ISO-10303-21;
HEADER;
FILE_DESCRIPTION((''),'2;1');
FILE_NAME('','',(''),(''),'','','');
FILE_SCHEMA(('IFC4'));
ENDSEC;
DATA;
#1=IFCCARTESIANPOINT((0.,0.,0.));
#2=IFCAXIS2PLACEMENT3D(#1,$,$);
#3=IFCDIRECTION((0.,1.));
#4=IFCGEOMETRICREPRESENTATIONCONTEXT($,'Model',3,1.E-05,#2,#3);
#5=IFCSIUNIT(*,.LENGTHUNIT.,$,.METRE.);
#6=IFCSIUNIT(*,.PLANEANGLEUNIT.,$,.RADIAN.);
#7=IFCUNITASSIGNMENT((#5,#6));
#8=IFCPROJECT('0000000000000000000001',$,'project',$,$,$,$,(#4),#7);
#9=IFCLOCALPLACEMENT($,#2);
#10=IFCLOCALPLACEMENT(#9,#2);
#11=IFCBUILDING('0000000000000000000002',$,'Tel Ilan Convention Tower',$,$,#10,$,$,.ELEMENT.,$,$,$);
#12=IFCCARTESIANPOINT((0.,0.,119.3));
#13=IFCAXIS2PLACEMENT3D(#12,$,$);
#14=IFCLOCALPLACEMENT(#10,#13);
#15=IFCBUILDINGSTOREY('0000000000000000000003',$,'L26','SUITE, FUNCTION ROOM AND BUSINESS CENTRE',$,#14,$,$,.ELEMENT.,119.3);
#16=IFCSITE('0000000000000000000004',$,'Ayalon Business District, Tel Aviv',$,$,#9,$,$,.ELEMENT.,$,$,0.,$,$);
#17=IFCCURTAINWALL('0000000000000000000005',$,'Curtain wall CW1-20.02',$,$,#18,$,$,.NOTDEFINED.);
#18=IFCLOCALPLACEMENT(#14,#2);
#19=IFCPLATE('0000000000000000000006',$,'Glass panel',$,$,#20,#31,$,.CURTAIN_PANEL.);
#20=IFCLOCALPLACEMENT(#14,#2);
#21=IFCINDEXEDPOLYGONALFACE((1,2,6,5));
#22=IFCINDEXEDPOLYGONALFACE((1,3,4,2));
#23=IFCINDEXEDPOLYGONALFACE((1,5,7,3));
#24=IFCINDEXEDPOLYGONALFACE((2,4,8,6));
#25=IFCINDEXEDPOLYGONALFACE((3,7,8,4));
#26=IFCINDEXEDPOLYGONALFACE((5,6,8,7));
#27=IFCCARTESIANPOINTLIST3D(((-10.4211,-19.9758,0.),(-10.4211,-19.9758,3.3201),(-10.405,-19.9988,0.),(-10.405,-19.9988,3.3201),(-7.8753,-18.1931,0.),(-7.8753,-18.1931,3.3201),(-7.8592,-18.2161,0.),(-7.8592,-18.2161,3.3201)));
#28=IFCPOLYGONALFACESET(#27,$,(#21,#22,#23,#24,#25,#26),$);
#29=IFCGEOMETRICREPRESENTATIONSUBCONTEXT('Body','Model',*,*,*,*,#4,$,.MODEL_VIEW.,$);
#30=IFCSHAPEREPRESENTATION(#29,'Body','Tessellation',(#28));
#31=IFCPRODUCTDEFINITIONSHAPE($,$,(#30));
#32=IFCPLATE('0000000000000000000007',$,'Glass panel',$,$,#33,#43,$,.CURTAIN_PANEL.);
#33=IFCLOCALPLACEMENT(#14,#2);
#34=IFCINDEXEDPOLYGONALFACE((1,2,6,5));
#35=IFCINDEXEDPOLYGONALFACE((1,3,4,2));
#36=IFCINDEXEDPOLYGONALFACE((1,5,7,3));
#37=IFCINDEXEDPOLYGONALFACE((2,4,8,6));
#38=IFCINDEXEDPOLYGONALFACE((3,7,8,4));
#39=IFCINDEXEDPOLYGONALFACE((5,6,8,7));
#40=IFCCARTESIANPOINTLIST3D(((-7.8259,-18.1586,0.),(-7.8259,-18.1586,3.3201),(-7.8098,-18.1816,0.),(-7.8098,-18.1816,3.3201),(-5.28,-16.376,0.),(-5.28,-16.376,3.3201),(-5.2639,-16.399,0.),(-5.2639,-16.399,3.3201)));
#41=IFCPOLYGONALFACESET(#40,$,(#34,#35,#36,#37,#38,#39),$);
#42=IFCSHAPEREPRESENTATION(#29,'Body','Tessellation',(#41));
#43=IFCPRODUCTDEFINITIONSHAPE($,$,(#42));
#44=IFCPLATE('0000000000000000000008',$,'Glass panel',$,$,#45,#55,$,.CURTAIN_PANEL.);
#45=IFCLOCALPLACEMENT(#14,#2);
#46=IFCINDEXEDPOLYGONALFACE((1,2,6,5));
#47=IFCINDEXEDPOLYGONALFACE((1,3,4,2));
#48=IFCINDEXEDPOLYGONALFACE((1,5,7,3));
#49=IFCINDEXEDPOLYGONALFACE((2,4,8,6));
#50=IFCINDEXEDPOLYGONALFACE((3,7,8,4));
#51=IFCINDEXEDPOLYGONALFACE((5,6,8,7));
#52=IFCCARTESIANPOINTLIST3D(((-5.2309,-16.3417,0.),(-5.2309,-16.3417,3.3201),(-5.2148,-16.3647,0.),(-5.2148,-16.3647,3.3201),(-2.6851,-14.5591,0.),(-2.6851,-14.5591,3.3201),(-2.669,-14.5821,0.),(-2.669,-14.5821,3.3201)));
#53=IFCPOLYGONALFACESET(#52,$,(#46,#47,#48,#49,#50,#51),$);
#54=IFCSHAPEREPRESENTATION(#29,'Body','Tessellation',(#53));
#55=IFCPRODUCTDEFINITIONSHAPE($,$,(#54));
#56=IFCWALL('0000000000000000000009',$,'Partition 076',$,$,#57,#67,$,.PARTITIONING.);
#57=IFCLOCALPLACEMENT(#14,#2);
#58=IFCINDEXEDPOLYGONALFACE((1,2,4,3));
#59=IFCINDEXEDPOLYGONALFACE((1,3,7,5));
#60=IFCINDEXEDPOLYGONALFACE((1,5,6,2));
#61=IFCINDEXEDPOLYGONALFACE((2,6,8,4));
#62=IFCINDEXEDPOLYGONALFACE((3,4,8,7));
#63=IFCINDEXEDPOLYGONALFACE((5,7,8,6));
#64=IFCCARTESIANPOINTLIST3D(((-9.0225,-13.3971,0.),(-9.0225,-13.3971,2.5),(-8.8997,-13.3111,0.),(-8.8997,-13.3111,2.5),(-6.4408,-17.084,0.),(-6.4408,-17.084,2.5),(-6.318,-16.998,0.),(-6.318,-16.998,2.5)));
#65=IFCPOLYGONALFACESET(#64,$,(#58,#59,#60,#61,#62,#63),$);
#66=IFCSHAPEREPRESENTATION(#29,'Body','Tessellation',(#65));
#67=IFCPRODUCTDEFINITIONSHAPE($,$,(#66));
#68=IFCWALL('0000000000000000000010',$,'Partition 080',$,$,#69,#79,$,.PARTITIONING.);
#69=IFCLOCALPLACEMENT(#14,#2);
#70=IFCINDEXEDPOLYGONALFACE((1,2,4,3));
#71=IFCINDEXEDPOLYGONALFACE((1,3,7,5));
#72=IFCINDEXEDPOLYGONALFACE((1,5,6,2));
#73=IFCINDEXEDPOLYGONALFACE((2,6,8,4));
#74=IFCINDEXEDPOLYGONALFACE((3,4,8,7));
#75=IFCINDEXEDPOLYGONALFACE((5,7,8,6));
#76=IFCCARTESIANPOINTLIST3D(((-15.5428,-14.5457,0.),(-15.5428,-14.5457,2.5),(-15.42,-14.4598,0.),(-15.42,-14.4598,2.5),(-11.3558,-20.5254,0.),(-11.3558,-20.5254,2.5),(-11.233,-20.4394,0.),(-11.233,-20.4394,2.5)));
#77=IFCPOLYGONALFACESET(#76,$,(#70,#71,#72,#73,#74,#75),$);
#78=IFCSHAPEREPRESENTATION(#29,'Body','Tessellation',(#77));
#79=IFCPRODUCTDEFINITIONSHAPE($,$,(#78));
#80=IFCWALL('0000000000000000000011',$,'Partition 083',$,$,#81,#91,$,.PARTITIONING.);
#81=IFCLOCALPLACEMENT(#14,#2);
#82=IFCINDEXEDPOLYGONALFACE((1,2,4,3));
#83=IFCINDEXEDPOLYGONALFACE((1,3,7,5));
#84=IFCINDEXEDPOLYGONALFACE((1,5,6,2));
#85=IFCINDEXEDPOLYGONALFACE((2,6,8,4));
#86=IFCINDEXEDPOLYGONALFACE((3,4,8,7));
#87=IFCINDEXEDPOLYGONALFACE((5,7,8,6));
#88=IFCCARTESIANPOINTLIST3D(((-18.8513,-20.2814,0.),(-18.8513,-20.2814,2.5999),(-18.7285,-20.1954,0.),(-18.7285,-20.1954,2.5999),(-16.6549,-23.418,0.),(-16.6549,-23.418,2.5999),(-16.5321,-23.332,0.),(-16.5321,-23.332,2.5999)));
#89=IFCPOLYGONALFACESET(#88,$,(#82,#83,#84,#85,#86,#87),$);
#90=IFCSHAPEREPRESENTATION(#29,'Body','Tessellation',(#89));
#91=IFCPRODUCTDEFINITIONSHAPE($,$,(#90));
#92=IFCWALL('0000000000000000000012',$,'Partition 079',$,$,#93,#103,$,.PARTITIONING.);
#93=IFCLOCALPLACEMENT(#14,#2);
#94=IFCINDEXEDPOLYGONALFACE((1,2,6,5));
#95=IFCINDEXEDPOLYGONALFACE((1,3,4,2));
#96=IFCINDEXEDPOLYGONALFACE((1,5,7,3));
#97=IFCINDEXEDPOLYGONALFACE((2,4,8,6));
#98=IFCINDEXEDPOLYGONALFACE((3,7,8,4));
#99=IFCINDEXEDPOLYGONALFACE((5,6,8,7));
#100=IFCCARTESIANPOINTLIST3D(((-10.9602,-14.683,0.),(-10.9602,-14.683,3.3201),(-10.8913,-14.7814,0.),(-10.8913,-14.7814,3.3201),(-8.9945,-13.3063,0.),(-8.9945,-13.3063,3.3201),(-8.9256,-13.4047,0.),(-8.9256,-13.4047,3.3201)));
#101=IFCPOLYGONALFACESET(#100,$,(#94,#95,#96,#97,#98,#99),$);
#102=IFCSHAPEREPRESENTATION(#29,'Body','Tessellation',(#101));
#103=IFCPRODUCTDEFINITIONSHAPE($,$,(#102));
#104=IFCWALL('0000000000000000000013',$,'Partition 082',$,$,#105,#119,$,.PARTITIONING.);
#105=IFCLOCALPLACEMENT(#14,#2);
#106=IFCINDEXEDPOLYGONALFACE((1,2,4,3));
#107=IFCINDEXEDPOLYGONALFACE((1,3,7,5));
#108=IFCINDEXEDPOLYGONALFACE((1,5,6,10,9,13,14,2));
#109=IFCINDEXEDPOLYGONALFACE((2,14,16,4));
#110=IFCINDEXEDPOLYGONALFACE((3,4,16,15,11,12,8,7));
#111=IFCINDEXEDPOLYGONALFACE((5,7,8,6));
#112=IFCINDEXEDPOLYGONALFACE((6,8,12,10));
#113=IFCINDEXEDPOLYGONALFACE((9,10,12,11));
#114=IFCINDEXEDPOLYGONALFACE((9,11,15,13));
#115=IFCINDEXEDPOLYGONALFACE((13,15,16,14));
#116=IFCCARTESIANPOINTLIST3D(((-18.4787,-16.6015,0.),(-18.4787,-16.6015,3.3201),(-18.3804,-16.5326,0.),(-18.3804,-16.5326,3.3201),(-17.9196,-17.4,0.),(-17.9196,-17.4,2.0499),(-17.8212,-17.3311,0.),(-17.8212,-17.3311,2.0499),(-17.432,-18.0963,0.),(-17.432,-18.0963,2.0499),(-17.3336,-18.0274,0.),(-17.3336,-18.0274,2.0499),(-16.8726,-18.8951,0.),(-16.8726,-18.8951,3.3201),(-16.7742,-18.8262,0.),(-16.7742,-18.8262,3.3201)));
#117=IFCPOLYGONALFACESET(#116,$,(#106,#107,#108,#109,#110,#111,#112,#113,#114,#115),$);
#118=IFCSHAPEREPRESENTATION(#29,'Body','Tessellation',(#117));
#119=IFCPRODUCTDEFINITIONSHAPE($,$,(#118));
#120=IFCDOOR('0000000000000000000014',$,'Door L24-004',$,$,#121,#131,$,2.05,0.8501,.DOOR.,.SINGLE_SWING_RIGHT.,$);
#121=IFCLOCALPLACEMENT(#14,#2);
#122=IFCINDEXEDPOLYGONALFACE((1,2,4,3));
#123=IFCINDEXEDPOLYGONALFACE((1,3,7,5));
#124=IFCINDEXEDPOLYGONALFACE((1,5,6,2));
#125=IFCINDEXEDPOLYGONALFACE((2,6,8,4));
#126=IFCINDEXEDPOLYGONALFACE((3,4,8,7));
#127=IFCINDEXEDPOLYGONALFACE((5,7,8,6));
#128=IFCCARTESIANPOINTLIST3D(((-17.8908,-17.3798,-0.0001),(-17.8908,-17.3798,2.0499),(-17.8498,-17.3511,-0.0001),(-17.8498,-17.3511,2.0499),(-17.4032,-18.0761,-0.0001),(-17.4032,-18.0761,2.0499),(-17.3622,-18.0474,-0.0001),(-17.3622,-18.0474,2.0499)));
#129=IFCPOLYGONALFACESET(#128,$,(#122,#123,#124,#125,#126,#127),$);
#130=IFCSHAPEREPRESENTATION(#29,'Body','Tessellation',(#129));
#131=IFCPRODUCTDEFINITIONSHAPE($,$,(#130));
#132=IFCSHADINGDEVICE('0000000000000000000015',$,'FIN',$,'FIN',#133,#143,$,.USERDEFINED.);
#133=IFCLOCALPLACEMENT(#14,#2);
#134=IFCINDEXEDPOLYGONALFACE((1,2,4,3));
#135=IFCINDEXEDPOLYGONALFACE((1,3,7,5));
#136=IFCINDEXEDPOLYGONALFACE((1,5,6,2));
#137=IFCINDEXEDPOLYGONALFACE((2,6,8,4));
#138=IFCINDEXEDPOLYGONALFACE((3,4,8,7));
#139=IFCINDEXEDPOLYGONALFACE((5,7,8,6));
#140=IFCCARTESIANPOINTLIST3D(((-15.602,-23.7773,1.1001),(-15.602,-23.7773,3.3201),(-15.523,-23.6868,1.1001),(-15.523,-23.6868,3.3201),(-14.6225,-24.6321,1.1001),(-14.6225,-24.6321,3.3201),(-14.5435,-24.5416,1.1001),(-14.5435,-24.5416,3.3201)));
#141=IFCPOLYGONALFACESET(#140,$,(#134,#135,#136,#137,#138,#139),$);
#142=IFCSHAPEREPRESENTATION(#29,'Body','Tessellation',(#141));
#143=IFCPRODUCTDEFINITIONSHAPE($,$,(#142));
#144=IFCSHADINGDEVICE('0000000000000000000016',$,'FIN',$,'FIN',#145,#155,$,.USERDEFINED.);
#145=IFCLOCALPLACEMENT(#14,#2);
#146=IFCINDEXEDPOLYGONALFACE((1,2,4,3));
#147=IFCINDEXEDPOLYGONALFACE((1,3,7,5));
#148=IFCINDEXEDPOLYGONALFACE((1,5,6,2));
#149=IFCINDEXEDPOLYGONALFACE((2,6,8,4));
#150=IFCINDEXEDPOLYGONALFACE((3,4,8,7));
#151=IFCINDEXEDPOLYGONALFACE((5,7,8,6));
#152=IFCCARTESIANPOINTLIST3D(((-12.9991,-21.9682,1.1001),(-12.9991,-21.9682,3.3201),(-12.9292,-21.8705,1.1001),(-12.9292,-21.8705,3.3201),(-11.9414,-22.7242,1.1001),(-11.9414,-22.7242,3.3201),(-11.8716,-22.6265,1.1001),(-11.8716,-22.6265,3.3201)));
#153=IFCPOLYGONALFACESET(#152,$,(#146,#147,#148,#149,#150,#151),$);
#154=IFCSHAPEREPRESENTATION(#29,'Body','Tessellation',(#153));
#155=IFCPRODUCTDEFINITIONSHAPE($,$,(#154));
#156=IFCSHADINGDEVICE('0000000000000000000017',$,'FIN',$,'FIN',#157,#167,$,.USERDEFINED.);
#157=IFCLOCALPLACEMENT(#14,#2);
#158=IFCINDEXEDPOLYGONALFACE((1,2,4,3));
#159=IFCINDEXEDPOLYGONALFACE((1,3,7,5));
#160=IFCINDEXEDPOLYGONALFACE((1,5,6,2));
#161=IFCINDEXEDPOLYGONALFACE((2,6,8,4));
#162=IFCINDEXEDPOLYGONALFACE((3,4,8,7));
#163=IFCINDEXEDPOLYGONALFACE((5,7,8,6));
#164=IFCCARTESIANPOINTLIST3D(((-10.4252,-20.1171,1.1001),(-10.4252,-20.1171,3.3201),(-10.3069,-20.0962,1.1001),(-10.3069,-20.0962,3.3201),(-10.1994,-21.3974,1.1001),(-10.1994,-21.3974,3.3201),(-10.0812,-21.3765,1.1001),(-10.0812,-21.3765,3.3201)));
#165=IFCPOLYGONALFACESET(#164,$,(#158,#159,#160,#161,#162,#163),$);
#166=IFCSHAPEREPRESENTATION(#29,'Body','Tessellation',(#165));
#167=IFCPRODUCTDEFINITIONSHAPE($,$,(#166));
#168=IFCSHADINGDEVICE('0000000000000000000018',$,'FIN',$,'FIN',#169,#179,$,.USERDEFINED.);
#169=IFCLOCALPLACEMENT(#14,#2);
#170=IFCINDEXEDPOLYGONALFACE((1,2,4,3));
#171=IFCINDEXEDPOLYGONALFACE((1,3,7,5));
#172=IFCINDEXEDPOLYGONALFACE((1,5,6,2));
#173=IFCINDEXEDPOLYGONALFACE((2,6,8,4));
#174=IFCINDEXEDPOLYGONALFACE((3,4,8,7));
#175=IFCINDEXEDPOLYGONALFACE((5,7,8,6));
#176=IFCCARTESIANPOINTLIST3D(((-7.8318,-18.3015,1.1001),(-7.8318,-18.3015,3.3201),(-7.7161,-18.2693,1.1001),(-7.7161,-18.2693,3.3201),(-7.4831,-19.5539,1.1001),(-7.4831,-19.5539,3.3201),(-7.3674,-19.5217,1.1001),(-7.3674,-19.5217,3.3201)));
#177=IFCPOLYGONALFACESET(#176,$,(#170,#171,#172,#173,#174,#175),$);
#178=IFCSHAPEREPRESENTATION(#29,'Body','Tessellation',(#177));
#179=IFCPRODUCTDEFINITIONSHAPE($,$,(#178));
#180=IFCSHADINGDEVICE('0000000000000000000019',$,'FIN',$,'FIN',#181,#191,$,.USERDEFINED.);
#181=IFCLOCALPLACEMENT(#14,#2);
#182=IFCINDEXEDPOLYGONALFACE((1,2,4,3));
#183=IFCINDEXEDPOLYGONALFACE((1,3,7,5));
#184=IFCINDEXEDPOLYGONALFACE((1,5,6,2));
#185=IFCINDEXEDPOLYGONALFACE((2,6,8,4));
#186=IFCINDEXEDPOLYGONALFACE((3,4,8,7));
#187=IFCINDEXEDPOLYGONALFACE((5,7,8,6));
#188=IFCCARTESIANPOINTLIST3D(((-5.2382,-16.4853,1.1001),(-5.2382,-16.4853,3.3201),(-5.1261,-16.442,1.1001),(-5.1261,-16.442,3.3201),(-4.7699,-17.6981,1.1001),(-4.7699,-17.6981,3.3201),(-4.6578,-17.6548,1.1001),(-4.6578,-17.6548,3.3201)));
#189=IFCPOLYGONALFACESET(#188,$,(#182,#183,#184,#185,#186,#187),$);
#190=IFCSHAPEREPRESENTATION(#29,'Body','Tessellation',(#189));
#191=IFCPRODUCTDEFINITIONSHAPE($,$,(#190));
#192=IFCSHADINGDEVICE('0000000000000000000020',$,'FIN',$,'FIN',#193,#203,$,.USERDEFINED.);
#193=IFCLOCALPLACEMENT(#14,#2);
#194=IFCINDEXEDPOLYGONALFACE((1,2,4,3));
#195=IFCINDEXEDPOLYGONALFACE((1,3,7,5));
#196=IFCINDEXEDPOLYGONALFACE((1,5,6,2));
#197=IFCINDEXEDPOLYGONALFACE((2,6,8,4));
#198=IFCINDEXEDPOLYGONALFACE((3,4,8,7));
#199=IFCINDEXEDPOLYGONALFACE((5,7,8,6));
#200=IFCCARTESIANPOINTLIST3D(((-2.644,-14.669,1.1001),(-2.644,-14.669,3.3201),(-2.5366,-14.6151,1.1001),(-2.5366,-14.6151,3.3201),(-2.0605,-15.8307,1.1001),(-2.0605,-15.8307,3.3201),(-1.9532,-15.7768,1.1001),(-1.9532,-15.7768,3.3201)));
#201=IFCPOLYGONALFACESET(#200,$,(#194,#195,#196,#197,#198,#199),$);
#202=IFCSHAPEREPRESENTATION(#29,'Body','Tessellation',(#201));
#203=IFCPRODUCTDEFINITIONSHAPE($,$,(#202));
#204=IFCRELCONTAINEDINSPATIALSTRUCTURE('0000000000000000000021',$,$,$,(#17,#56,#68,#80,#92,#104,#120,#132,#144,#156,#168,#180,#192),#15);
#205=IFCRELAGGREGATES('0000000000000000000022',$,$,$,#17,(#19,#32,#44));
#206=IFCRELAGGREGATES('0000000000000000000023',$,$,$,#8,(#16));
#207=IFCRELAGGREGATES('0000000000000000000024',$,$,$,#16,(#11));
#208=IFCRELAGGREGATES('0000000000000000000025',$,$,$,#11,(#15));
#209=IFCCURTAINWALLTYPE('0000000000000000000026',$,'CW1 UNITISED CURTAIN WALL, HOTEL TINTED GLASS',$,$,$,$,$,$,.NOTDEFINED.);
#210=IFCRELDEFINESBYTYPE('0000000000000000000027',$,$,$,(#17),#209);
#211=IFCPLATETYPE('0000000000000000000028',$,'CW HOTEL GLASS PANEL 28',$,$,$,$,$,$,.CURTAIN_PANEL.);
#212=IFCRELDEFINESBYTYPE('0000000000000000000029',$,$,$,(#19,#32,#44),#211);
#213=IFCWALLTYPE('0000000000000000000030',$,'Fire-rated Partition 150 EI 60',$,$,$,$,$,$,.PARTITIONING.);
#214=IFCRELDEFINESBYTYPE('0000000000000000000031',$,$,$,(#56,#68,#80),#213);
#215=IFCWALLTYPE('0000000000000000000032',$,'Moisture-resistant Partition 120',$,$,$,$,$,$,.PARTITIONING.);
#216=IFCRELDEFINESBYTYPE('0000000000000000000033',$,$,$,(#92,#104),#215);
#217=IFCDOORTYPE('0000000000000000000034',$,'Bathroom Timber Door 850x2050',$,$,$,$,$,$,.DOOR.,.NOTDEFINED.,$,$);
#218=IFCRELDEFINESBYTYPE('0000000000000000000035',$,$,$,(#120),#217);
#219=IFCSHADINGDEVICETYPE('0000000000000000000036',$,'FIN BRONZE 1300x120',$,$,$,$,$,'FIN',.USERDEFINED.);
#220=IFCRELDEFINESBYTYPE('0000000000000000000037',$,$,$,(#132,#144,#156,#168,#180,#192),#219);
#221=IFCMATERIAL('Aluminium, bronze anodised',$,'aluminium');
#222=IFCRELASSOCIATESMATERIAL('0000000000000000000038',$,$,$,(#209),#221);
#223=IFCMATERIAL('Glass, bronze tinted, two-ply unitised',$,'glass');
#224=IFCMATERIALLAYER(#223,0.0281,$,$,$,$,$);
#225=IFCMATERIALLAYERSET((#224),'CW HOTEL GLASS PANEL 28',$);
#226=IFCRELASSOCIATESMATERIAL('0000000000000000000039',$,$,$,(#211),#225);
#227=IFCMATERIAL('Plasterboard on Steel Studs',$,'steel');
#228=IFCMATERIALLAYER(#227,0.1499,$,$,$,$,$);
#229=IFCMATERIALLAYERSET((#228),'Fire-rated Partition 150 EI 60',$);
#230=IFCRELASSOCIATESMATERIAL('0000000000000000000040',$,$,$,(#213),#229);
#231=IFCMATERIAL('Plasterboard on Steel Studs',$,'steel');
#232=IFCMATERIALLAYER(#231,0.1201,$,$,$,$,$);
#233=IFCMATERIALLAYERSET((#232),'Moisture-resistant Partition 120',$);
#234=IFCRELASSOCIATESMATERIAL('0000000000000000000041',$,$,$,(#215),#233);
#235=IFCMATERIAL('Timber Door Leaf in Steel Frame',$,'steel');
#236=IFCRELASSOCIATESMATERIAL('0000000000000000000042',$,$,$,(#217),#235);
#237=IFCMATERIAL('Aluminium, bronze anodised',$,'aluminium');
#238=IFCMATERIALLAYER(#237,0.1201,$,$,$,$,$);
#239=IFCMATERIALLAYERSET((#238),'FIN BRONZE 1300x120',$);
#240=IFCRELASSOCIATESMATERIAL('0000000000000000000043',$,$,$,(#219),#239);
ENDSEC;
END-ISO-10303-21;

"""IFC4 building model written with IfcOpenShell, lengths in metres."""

from ifc_helpers import new_model, si_unit, direction, frame, frame_2d, origin, origin_2d, place, context, subcontext, project, spatial, rectangle, extrude, material, layer, layer_set, type_object, element, fill, aggregate, save


model = new_model("IFC4")

# Units and contexts
model_context = context("Model", 3, precision=1e-05, world=origin(), true_north=direction((0.0, 1.0)))
body_context = subcontext(model_context, "Body", "Model", "MODEL_VIEW")
ifc_project = project(units=[si_unit("LENGTHUNIT", "METRE"), si_unit("PLANEANGLEUNIT", "RADIAN")], contexts=[model_context])

# Site, building, storey
site_placement = place(None, origin())
site = spatial("IfcSite", under=ifc_project, at=site_placement, Name="Ayalon Business District, Tel Aviv", CompositionType="ELEMENT", RefElevation=0.0)
building_placement = place(site_placement, origin())
building = spatial("IfcBuilding", under=site, at=building_placement, Name="Tel Ilan Convention Tower", CompositionType="ELEMENT")
storey_placement = place(building_placement, frame((0.0, 0.0, 119.3)))
storey = spatial("IfcBuildingStorey", under=building, at=storey_placement, Name="L26", Description="SUITE, FUNCTION ROOM AND BUSINESS CENTRE", CompositionType="ELEMENT", Elevation=119.3)

# Curtain wall, plates
ifc_material_1 = material(Name="Aluminium, bronze anodised", Category="aluminium")
curtain_wall_type = type_object("IfcCurtainWallType", Name="CW1 UNITISED CURTAIN WALL, HOTEL TINTED GLASS", PredefinedType="NOTDEFINED", material=ifc_material_1)
curtain_wall_placement = place(storey_placement, origin())
curtain_wall = element("IfcCurtainWall", 1, at=curtain_wall_placement, inside=storey, type_object=curtain_wall_type, Name="Curtain wall CW1-20.02", PredefinedType="NOTDEFINED")
ifc_material_2 = material(Name="Glass, bronze tinted, two-ply unitised", Category="glass")
ifc_layer_1 = layer(ifc_material_2, 0.0281)
ifc_layer_set_1 = layer_set([ifc_layer_1], Name="CW HOTEL GLASS PANEL 28")
plate_type = type_object("IfcPlateType", Name="CW HOTEL GLASS PANEL 28", PredefinedType="CURTAIN_PANEL", material=ifc_layer_set_1)
plate_1_placement = place(storey_placement, frame((-9.1401, -19.0959, 0.0), z_axis=(0.0, 0.0, 1.0), x_axis=(0.819152, 0.573576, 0.0)))
plate_1 = element("IfcPlate", 2, at=plate_1_placement, type_object=plate_type, Name="Glass panel", PredefinedType="CURTAIN_PANEL", context=body_context, shape_type="SweptSolid", body=[
    extrude(rectangle(XDim=3.1079, YDim=0.0281, at=origin_2d()), origin(), (0.0, 0.0, 1.0), 3.3201),
])
plate_2_placement = place(storey_placement, frame((-6.5449, -17.2788, 0.0), z_axis=(0.0, 0.0, 1.0), x_axis=(0.819152, 0.573576, 0.0)))
plate_2 = element("IfcPlate", 3, at=plate_2_placement, type_object=plate_type, Name="Glass panel", PredefinedType="CURTAIN_PANEL", context=body_context, shape_type="SweptSolid", body=[
    extrude(rectangle(XDim=3.1079, YDim=0.0281, at=origin_2d()), origin(), (0.0, 0.0, 1.0), 3.3201),
])
plate_3_placement = place(storey_placement, frame((-3.95, -15.4619, 0.0), z_axis=(0.0, 0.0, 1.0), x_axis=(0.819152, 0.573576, 0.0)))
plate_3 = element("IfcPlate", 4, at=plate_3_placement, type_object=plate_type, Name="Glass panel", PredefinedType="CURTAIN_PANEL", context=body_context, shape_type="SweptSolid", body=[
    extrude(rectangle(XDim=3.1079, YDim=0.0281, at=origin_2d()), origin(), (0.0, 0.0, 1.0), 3.3201),
])
aggregate(curtain_wall, [plate_1, plate_2, plate_3])

# Walls
ifc_material_3 = material(Name="Plasterboard on Steel Studs", Category="steel")
ifc_layer_2 = layer(ifc_material_3, 0.1499)
ifc_layer_set_2 = layer_set([ifc_layer_2], Name="Fire-rated Partition 150 EI 60")
wall_type_1 = type_object("IfcWallType", Name="Fire-rated Partition 150 EI 60", PredefinedType="PARTITIONING", material=ifc_layer_set_2)
wall_1_placement = place(storey_placement, frame((-6.3794, -17.041, 0.0), z_axis=(0.0, 0.0, 1.0), x_axis=(-0.573593, 0.81914, 0.0)))
element("IfcWall", 5, at=wall_1_placement, inside=storey, type_object=wall_type_1, Name="Partition 076", PredefinedType="PARTITIONING", context=body_context, shape_type="SweptSolid", body=[
    extrude(rectangle(XDim=4.501, YDim=0.1499, at=frame_2d((2.2505, 0.0))), origin(), (0.0, 0.0, 1.0), 2.5),
])
wall_2_placement = place(storey_placement, frame((-11.2944, -20.4824, 0.0), z_axis=(0.0, 0.0, 1.0), x_axis=(-0.573572, 0.819155, 0.0)))
element("IfcWall", 6, at=wall_2_placement, inside=storey, type_object=wall_type_1, Name="Partition 080", PredefinedType="PARTITIONING", context=body_context, shape_type="SweptSolid", body=[
    extrude(rectangle(XDim=7.2998, YDim=0.1499, at=frame_2d((3.6499, 0.0))), origin(), (0.0, 0.0, 1.0), 2.5),
])
wall_3_placement = place(storey_placement, frame((-16.5935, -23.375, 0.0), z_axis=(0.0, 0.0, 1.0), x_axis=(-0.573595, 0.819139, 0.0)))
element("IfcWall", 7, at=wall_3_placement, inside=storey, type_object=wall_type_1, Name="Partition 083", PredefinedType="PARTITIONING", context=body_context, shape_type="SweptSolid", body=[
    extrude(rectangle(XDim=3.8291, YDim=0.1499, at=frame_2d((1.9146, 0.0))), origin(), (0.0, 0.0, 1.0), 2.5999),
])
ifc_material_4 = material(Name="Plasterboard on Steel Studs", Category="steel")
ifc_layer_3 = layer(ifc_material_4, 0.1201)
ifc_layer_set_3 = layer_set([ifc_layer_3], Name="Moisture-resistant Partition 120")
wall_type_2 = type_object("IfcWallType", Name="Moisture-resistant Partition 120", PredefinedType="PARTITIONING", material=ifc_layer_set_3)
wall_4_placement = place(storey_placement, frame((-10.9258, -14.7322, 0.0), z_axis=(0.0, 0.0, 1.0), x_axis=(0.819108, 0.57364, 0.0)))
element("IfcWall", 8, at=wall_4_placement, inside=storey, type_object=wall_type_2, Name="Partition 079", PredefinedType="PARTITIONING", context=body_context, shape_type="SweptSolid", body=[
    extrude(rectangle(XDim=2.3999, YDim=0.1201, at=frame_2d((1.2, 0.0))), origin(), (0.0, 0.0, 1.0), 3.3201),
])

# Wall, opening, door
wall_5_placement = place(storey_placement, frame((-16.8235, -18.8606, 0.0), z_axis=(0.0, 0.0, 1.0), x_axis=(-0.573609, 0.81913, 0.0)))
wall_5 = element("IfcWall", 9, at=wall_5_placement, inside=storey, type_object=wall_type_2, Name="Partition 082", PredefinedType="PARTITIONING", context=body_context, shape_type="SweptSolid", body=[
    extrude(rectangle(XDim=2.8, YDim=0.1201, at=frame_2d((1.3999, 0.0))), origin(), (0.0, 0.0, 1.0), 3.3201),
])
opening_placement = place(wall_5_placement, frame((0.9751, 0.0, 0.0)))
opening = element("IfcOpeningElement", 10, at=opening_placement, cuts=wall_5, PredefinedType="OPENING", context=body_context, shape_type="SweptSolid", body=[
    extrude(rectangle(XDim=0.8501, YDim=2.05, at=frame_2d((0.425, 1.0249))), frame((0.0, 0.0701, 0.0), z_axis=(0.0, -1.0, 0.0), x_axis=(1.0, 0.0, 0.0)), (0.0, 0.0, 1.0), 0.1401),
])
ifc_material_5 = material(Name="Timber Door Leaf in Steel Frame", Category="steel")
door_type = type_object("IfcDoorType", Name="Bathroom Timber Door 850x2050", OperationType="NOTDEFINED", PredefinedType="DOOR", material=ifc_material_5)
door_placement = place(opening_placement, origin())
door = element("IfcDoor", 11, at=door_placement, inside=storey, type_object=door_type, Name="Door L24-004", OperationType="SINGLE_SWING_RIGHT", OverallHeight=2.05, OverallWidth=0.8501, PredefinedType="DOOR", context=body_context, shape_type="SweptSolid", body=[
    extrude(rectangle(XDim=0.8501, YDim=2.05, at=frame_2d((0.425, 1.0249))), frame((0.0, 0.0249, 0.0), z_axis=(0.0, -1.0, 0.0), x_axis=(1.0, 0.0, 0.0)), (0.0, 0.0, 1.0), 0.05),
])
fill(opening, door)

# Shading devices
ifc_material_6 = material(Name="Aluminium, bronze anodised", Category="aluminium")
ifc_layer_4 = layer(ifc_material_6, 0.1201)
ifc_layer_set_4 = layer_set([ifc_layer_4], Name="FIN BRONZE 1300x120")
shading_device_type = type_object("IfcShadingDeviceType", Name="FIN BRONZE 1300x120", ElementType="FIN", PredefinedType="USERDEFINED", material=ifc_layer_set_4)
for number, where, z_axis, x_axis, name in (
    (12, (-15.0728, -24.1594, 1.1001), (0.0, 0.0, 1.0), (0.753436, -0.657521, 0.0), "FIN"),
    (13, (-12.4353, -22.2974, 1.1001), (0.0, 0.0, 1.0), (0.813552, -0.581492, 0.0), "FIN"),
    (14, (-10.2532, -20.7468, 1.1001), (0.0, 0.0, 1.0), (0.173648, -0.984808, 0.0), "FIN"),
    (15, (-7.5996, -18.9116, 1.1001), (0.0, 0.0, 1.0), (0.268173, -0.963371, 0.0), "FIN"),
    (16, (-4.948, -17.0701, 1.1001), (0.0, 0.0, 1.0), (0.360178, -0.932884, 0.0), "FIN"),
    (17, (-2.2986, -15.2229, 1.1001), (0.0, 0.0, 1.0), (0.448799, -0.893633, 0.0), "FIN"),
):
    element("IfcShadingDevice", number, at=place(storey_placement, frame(where, z_axis=z_axis, x_axis=x_axis)), inside=storey, type_object=shading_device_type, Name=name, ObjectType="FIN", PredefinedType="USERDEFINED", context=body_context, shape_type="SweptSolid", body=[
        extrude(rectangle(XDim=1.3, YDim=0.1201, at=origin_2d()), origin(), (0.0, 0.0, 1.0), 2.22),
    ])

save(model, "model.ifc")
